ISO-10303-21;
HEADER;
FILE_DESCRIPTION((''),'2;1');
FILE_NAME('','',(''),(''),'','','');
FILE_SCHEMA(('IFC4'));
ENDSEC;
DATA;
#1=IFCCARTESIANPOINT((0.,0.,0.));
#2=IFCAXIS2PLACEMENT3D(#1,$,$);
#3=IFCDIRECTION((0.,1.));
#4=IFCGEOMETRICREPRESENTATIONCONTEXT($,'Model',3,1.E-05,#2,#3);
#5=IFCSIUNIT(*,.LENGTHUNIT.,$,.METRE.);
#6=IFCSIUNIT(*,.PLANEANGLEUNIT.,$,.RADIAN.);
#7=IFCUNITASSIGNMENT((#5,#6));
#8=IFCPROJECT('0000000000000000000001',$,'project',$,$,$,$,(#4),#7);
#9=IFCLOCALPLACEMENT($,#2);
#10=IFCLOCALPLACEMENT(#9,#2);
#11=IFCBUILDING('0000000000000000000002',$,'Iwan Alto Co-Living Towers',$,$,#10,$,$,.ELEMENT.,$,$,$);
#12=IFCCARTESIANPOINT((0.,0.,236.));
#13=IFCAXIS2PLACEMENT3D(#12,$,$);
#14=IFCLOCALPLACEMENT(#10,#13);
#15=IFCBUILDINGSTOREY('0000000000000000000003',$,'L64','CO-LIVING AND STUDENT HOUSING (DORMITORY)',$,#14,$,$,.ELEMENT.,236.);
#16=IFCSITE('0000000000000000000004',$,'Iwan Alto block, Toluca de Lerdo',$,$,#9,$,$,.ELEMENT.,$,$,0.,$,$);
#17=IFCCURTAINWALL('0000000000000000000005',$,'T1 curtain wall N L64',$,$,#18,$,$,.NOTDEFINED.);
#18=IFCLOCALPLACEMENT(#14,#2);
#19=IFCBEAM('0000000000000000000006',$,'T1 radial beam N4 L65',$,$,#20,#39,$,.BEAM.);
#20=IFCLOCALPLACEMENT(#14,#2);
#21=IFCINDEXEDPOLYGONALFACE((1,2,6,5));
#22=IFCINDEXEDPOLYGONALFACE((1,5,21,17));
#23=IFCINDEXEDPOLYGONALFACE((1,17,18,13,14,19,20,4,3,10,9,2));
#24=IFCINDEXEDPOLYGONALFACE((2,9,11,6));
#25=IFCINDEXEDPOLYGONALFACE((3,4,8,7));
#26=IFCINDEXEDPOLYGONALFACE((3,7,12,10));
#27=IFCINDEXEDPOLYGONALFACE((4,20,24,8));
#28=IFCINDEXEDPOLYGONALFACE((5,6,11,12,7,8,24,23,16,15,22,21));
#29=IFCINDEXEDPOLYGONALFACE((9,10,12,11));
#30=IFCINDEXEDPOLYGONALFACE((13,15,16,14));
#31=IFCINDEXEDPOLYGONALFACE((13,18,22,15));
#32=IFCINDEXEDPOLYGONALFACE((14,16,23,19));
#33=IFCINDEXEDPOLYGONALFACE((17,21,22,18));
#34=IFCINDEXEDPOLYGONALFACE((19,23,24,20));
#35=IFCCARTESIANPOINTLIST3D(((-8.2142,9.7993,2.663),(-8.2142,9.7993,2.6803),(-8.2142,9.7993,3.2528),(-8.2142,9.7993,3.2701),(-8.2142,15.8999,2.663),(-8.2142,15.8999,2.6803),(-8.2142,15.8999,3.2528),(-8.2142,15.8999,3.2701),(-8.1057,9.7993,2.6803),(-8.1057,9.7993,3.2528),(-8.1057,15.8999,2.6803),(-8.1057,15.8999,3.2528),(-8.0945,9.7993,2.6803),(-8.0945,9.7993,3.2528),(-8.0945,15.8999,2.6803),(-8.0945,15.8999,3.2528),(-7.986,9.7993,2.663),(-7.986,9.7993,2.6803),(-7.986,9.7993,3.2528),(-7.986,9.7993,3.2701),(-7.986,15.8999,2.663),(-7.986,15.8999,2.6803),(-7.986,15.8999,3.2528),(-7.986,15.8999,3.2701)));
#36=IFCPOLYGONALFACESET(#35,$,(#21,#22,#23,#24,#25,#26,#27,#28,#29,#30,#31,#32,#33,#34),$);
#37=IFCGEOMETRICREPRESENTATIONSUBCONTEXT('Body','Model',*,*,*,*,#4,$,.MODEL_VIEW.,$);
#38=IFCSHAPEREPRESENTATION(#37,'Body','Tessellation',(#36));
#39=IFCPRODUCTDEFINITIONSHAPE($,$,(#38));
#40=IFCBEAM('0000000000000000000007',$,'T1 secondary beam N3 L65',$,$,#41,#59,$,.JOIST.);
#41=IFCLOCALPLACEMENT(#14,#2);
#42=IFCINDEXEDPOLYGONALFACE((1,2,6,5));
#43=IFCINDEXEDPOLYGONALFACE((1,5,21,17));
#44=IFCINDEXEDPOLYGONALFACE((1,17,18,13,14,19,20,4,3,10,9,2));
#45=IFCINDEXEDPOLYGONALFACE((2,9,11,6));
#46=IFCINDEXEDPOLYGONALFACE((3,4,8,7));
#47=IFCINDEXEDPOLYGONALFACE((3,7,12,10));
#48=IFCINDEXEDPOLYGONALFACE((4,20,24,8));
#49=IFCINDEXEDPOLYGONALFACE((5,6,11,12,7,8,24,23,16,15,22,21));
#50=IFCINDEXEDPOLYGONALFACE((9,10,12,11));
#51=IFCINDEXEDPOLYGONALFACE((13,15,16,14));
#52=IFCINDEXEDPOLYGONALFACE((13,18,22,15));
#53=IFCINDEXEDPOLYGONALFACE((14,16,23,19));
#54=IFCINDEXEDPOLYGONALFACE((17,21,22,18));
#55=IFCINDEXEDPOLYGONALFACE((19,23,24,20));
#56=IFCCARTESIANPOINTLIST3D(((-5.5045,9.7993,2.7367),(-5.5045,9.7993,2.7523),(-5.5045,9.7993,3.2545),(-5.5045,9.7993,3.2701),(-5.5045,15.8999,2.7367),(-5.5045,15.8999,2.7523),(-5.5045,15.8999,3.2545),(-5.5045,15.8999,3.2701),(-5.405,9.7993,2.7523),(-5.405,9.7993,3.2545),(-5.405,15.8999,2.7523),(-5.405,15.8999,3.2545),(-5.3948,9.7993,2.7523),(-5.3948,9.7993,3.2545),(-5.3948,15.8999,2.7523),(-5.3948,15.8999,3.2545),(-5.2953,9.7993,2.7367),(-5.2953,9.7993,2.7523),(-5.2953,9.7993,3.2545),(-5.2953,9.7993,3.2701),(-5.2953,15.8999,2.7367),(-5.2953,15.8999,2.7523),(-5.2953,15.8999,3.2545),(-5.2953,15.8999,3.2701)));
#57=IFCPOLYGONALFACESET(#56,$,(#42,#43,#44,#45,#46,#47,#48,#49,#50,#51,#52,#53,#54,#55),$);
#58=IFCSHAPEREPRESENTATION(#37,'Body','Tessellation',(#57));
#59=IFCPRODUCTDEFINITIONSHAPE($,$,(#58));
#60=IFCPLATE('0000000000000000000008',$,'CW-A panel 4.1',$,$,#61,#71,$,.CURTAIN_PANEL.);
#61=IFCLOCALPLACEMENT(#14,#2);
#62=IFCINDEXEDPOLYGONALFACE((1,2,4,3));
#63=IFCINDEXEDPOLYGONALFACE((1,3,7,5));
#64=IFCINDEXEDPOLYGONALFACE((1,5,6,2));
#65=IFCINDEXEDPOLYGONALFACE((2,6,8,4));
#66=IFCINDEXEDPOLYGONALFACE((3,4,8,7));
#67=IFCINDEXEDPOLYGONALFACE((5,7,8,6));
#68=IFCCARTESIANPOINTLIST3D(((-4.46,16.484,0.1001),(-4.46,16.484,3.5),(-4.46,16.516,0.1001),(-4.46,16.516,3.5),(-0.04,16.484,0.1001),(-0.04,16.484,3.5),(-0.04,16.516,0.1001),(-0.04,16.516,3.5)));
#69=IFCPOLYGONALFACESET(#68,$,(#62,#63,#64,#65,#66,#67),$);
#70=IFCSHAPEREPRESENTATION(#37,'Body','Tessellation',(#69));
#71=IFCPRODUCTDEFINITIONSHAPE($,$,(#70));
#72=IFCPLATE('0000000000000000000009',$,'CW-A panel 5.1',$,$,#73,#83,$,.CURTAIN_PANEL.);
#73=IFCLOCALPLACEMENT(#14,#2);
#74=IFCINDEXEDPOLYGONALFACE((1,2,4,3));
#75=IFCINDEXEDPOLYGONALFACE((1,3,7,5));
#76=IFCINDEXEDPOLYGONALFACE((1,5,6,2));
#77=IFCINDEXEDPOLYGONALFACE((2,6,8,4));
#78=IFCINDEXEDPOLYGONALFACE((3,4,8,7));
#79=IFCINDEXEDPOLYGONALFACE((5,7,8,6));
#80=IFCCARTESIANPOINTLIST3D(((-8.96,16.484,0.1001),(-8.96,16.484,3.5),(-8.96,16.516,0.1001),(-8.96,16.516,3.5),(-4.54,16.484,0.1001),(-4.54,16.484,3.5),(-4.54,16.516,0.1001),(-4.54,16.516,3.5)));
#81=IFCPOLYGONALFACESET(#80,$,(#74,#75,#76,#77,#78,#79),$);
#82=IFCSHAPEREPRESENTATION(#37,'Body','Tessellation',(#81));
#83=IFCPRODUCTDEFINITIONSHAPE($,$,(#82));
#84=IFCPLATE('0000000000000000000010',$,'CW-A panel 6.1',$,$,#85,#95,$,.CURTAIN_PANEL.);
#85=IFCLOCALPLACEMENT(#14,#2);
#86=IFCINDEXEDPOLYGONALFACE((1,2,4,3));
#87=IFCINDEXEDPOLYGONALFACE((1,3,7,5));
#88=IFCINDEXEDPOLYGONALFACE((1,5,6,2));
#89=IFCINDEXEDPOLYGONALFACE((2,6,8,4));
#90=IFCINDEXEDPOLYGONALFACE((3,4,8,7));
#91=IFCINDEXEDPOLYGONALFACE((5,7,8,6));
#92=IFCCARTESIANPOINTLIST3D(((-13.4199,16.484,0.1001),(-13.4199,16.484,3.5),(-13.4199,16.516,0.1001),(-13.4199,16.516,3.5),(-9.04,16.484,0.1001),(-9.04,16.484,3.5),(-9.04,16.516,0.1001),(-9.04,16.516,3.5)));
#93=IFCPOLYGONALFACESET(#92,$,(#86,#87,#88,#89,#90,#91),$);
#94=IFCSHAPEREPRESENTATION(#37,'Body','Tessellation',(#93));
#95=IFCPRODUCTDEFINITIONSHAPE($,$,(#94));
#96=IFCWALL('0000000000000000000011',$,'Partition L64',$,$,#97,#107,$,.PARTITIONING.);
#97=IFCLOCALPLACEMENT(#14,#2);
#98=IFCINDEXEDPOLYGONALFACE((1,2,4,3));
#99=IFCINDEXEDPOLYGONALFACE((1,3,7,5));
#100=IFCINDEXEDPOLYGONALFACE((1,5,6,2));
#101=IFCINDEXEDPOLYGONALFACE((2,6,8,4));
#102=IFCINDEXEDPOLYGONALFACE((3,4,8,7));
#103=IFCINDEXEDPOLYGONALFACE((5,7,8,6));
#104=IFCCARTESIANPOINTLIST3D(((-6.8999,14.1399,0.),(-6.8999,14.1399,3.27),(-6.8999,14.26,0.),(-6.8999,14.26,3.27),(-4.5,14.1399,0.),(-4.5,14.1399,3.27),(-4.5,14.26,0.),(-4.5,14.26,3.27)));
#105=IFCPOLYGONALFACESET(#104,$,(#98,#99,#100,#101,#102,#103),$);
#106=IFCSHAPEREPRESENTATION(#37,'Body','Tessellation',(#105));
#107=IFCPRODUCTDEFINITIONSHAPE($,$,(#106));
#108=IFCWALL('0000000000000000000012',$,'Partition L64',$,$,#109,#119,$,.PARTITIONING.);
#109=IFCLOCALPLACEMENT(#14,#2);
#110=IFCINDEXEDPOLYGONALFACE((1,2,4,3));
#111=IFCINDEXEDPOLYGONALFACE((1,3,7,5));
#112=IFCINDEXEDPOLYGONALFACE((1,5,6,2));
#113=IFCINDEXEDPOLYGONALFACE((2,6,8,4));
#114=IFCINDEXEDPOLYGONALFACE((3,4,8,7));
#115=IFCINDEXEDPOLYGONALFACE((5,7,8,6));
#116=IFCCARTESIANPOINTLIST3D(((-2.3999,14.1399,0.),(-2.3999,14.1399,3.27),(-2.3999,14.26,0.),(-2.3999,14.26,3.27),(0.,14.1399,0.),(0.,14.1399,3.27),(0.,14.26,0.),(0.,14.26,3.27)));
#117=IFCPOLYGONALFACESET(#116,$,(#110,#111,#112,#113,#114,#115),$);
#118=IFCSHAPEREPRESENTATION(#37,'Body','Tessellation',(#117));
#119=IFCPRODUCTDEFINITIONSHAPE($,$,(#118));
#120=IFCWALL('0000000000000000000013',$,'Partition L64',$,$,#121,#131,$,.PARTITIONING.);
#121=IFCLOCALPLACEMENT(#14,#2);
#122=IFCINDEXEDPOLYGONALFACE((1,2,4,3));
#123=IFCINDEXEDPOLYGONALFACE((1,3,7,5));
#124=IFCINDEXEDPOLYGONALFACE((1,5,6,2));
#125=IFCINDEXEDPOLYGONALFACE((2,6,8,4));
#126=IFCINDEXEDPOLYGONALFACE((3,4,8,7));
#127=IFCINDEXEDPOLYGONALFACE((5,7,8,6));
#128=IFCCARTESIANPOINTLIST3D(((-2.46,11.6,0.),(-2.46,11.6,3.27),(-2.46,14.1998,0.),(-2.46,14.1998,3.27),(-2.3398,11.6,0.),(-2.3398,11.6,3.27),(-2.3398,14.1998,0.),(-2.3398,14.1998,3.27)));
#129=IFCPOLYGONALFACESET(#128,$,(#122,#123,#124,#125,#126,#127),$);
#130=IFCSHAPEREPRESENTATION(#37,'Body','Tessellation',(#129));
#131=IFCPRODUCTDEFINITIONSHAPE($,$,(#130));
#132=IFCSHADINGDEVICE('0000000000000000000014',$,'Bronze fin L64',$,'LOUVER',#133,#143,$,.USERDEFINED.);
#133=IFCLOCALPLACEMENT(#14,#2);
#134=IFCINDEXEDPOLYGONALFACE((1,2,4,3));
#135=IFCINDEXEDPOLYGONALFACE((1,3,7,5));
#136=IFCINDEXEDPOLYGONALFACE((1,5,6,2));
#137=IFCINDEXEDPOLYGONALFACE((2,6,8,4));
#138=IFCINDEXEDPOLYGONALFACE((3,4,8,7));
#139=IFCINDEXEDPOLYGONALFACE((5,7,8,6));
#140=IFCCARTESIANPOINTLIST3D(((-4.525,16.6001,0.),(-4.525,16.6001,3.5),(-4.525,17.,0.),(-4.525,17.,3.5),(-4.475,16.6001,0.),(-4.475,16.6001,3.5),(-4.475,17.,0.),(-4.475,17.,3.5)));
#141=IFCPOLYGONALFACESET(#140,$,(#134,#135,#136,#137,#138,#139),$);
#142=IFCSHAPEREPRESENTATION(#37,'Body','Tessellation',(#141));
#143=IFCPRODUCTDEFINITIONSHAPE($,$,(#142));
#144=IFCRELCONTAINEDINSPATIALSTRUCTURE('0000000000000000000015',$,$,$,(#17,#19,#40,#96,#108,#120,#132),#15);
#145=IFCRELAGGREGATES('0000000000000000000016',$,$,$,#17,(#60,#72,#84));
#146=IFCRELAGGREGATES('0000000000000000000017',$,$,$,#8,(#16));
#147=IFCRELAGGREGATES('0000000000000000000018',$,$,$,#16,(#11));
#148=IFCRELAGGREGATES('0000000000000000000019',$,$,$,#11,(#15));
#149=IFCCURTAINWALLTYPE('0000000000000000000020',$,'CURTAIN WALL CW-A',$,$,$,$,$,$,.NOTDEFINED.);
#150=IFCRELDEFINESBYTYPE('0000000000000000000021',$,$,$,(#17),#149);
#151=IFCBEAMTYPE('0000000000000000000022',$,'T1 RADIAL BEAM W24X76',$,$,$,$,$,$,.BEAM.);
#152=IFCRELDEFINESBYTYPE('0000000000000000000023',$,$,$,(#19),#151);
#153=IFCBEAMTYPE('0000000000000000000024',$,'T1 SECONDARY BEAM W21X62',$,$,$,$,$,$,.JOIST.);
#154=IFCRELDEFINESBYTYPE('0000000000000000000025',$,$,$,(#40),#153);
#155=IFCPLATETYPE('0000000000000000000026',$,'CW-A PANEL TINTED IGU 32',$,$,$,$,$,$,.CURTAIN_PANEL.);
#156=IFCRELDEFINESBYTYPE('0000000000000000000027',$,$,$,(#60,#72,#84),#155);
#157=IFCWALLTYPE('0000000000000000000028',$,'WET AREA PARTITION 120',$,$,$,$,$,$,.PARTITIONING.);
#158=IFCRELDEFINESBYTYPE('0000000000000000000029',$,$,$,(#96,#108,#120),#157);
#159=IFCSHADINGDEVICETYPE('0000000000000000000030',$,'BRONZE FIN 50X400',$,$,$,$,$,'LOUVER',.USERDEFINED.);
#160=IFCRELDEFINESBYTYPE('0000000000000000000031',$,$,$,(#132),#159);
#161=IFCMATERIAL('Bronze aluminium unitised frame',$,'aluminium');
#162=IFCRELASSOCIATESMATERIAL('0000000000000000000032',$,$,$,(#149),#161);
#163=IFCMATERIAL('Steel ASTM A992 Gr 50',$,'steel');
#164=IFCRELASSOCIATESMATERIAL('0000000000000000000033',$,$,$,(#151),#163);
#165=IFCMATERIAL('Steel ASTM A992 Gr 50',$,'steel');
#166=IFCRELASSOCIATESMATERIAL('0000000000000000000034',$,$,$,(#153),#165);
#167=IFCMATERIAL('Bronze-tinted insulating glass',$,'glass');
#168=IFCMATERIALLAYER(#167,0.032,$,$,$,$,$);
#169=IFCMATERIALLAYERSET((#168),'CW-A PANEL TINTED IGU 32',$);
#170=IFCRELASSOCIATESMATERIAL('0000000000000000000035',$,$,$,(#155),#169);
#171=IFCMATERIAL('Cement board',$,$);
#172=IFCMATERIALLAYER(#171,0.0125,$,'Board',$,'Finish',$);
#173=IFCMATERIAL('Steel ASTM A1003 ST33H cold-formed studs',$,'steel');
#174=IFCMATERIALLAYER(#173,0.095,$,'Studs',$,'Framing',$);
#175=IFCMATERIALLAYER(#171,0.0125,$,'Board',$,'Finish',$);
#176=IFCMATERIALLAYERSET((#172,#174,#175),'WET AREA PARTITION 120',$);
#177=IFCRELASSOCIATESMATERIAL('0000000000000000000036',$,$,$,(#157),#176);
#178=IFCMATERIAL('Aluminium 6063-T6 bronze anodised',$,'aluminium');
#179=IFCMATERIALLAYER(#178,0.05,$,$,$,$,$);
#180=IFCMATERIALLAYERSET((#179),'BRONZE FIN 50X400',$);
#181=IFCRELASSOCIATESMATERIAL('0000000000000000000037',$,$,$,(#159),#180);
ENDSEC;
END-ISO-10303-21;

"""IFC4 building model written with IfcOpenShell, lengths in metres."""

from ifc_helpers import new_model, si_unit, direction, frame, frame_2d, origin, origin_2d, place, context, subcontext, project, spatial, rectangle, i_section, extrude, material, layer, layer_set, material_profile, profile_set, type_object, element, aggregate, save


model = new_model("IFC4")

# Units and contexts
model_context = context("Model", 3, precision=1e-05, world=origin(), true_north=direction((0.0, 1.0)))
body_context = subcontext(model_context, "Body", "Model", "MODEL_VIEW")
ifc_project = project(units=[si_unit("LENGTHUNIT", "METRE"), si_unit("PLANEANGLEUNIT", "RADIAN")], contexts=[model_context])

# Site, building, storey
site_placement = place(None, origin())
site = spatial("IfcSite", under=ifc_project, at=site_placement, Name="Iwan Alto block, Toluca de Lerdo", CompositionType="ELEMENT", RefElevation=0.0)
building_placement = place(site_placement, origin())
building = spatial("IfcBuilding", under=site, at=building_placement, Name="Iwan Alto Co-Living Towers", CompositionType="ELEMENT")
storey_placement = place(building_placement, frame((0.0, 0.0, 236.0)))
storey = spatial("IfcBuildingStorey", under=building, at=storey_placement, Name="L64", Description="CO-LIVING AND STUDENT HOUSING (DORMITORY)", CompositionType="ELEMENT", Elevation=236.0)

# Curtain wall
ifc_material_1 = material(Name="Bronze aluminium unitised frame", Category="aluminium")
curtain_wall_type = type_object("IfcCurtainWallType", Name="CURTAIN WALL CW-A", PredefinedType="NOTDEFINED", material=ifc_material_1)
curtain_wall_placement = place(storey_placement, origin())
curtain_wall = element("IfcCurtainWall", 1, at=curtain_wall_placement, inside=storey, type_object=curtain_wall_type, Name="T1 curtain wall N L64", PredefinedType="NOTDEFINED")

# Beams
ifc_material_2 = material(Name="Steel ASTM A992 Gr 50", Category="steel")
ifc_material_profile_1 = material_profile(ifc_material_2, i_section(OverallWidth=0.2283, OverallDepth=0.6072, WebThickness=0.0112, FlangeThickness=0.0173, at=origin_2d()), Name="W24X76")
ifc_profile_set_1 = profile_set([ifc_material_profile_1], Name="Steel ASTM A992 Gr 50")
beam_type_1 = type_object("IfcBeamType", Name="T1 RADIAL BEAM W24X76", PredefinedType="BEAM", material=ifc_profile_set_1)
for number, where, z_axis, x_axis, name in (
    (2, (-8.1001, 15.8999, 2.9666), (0.0, -1.0, 0.0), (1.0, 0.0, 0.0), "T1 radial beam N4 L65"),
):
    element("IfcBeam", number, at=place(storey_placement, frame(where, z_axis=z_axis, x_axis=x_axis)), inside=storey, type_object=beam_type_1, Name=name, PredefinedType="BEAM", context=body_context, shape_type="SweptSolid", body=[
        extrude(i_section(OverallWidth=0.2283, OverallDepth=0.6072, WebThickness=0.0112, FlangeThickness=0.0173, at=origin_2d()), origin(), (0.0, 0.0, 1.0), 6.1006),
    ])
ifc_material_3 = material(Name="Steel ASTM A992 Gr 50", Category="steel")
ifc_material_profile_2 = material_profile(ifc_material_3, i_section(OverallWidth=0.2092, OverallDepth=0.5334, WebThickness=0.0103, FlangeThickness=0.0156, at=origin_2d()), Name="W21X62")
ifc_profile_set_2 = profile_set([ifc_material_profile_2], Name="Steel ASTM A992 Gr 50")
beam_type_2 = type_object("IfcBeamType", Name="T1 SECONDARY BEAM W21X62", PredefinedType="JOIST", material=ifc_profile_set_2)
beam_1_placement = place(storey_placement, frame((-5.3999, 15.8999, 3.0034), z_axis=(0.0, -1.0, 0.0), x_axis=(1.0, 0.0, 0.0)))
element("IfcBeam", 3, at=beam_1_placement, inside=storey, type_object=beam_type_2, Name="T1 secondary beam N3 L65", PredefinedType="JOIST", context=body_context, shape_type="SweptSolid", body=[
    extrude(i_section(OverallWidth=0.2092, OverallDepth=0.5334, WebThickness=0.0103, FlangeThickness=0.0156, at=origin_2d()), origin(), (0.0, 0.0, 1.0), 6.1006),
])

# Plates
ifc_material_4 = material(Name="Bronze-tinted insulating glass", Category="glass")
ifc_layer_1 = layer(ifc_material_4, 0.032)
ifc_layer_set_1 = layer_set([ifc_layer_1], Name="CW-A PANEL TINTED IGU 32")
plate_type = type_object("IfcPlateType", Name="CW-A PANEL TINTED IGU 32", PredefinedType="CURTAIN_PANEL", material=ifc_layer_set_1)
plate_1_placement = place(storey_placement, frame((-2.25, 16.5, 0.1001), z_axis=(0.0, 0.0, 1.0), x_axis=(-1.0, 0.0, 0.0)))
plate_1 = element("IfcPlate", 4, at=plate_1_placement, type_object=plate_type, Name="CW-A panel 4.1", PredefinedType="CURTAIN_PANEL", context=body_context, shape_type="SweptSolid", body=[
    extrude(rectangle(XDim=4.4199, YDim=0.032, at=origin_2d()), origin(), (0.0, 0.0, 1.0), 3.3999),
])
plate_2_placement = place(storey_placement, frame((-6.75, 16.5, 0.1001), z_axis=(0.0, 0.0, 1.0), x_axis=(-1.0, 0.0, 0.0)))
plate_2 = element("IfcPlate", 5, at=plate_2_placement, type_object=plate_type, Name="CW-A panel 5.1", PredefinedType="CURTAIN_PANEL", context=body_context, shape_type="SweptSolid", body=[
    extrude(rectangle(XDim=4.4199, YDim=0.032, at=origin_2d()), origin(), (0.0, 0.0, 1.0), 3.3999),
])
plate_3_placement = place(storey_placement, frame((-11.23, 16.5, 0.1001), z_axis=(0.0, 0.0, 1.0), x_axis=(-1.0, 0.0, 0.0)))
plate_3 = element("IfcPlate", 6, at=plate_3_placement, type_object=plate_type, Name="CW-A panel 6.1", PredefinedType="CURTAIN_PANEL", context=body_context, shape_type="SweptSolid", body=[
    extrude(rectangle(XDim=4.3799, YDim=0.032, at=origin_2d()), origin(), (0.0, 0.0, 1.0), 3.3999),
])
aggregate(curtain_wall, [plate_1, plate_2, plate_3])

# Walls
ifc_material_5 = material(Name="Cement board")
ifc_layer_2 = layer(ifc_material_5, 0.0125, Name="Board", Category="Finish")
ifc_material_6 = material(Name="Steel ASTM A1003 ST33H cold-formed studs", Category="steel")
ifc_layer_3 = layer(ifc_material_6, 0.095, Name="Studs", Category="Framing")
ifc_layer_4 = layer(ifc_material_5, 0.0125, Name="Board", Category="Finish")
ifc_layer_set_2 = layer_set([ifc_layer_2, ifc_layer_3, ifc_layer_4], Name="WET AREA PARTITION 120")
wall_type = type_object("IfcWallType", Name="WET AREA PARTITION 120", PredefinedType="PARTITIONING", material=ifc_layer_set_2)
for number, where, z_axis, x_axis, name in (
    (7, (-6.8999, 14.2, 0.0), (0.0, 0.0, 1.0), (1.0, 0.0, 0.0), "Partition L64"),
    (8, (-2.3999, 14.2, 0.0), (0.0, 0.0, 1.0), (1.0, 0.0, 0.0), "Partition L64"),
):
    element("IfcWall", number, at=place(storey_placement, frame(where, z_axis=z_axis, x_axis=x_axis)), inside=storey, type_object=wall_type, Name=name, PredefinedType="PARTITIONING", context=body_context, shape_type="SweptSolid", body=[
        extrude(rectangle(XDim=2.3999, YDim=0.1201, at=frame_2d((1.2, 0.0))), origin(), (0.0, 0.0, 1.0), 3.27),
    ])
wall_placement = place(storey_placement, frame((-2.3999, 11.6001, 0.0), z_axis=(0.0, 0.0, 1.0), x_axis=(0.0, 1.0, 0.0)))
element("IfcWall", 9, at=wall_placement, inside=storey, type_object=wall_type, Name="Partition L64", PredefinedType="PARTITIONING", context=body_context, shape_type="SweptSolid", body=[
    extrude(rectangle(XDim=2.5999, YDim=0.1201, at=frame_2d((1.2998, 0.0))), origin(), (0.0, 0.0, 1.0), 3.27),
])

# Shading device
ifc_material_7 = material(Name="Aluminium 6063-T6 bronze anodised", Category="aluminium")
ifc_layer_5 = layer(ifc_material_7, 0.05)
ifc_layer_set_3 = layer_set([ifc_layer_5], Name="BRONZE FIN 50X400")
shading_device_type = type_object("IfcShadingDeviceType", Name="BRONZE FIN 50X400", ElementType="LOUVER", PredefinedType="USERDEFINED", material=ifc_layer_set_3)
shading_device_placement = place(storey_placement, frame((-4.5, 16.8, 0.0), z_axis=(0.0, 0.0, 1.0), x_axis=(-1.0, 0.0, 0.0)))
element("IfcShadingDevice", 10, at=shading_device_placement, inside=storey, type_object=shading_device_type, Name="Bronze fin L64", ObjectType="LOUVER", PredefinedType="USERDEFINED", context=body_context, shape_type="SweptSolid", body=[
    extrude(rectangle(XDim=0.05, YDim=0.3999, at=origin_2d()), origin(), (0.0, 0.0, 1.0), 3.5),
])

save(model, "model.ifc")
